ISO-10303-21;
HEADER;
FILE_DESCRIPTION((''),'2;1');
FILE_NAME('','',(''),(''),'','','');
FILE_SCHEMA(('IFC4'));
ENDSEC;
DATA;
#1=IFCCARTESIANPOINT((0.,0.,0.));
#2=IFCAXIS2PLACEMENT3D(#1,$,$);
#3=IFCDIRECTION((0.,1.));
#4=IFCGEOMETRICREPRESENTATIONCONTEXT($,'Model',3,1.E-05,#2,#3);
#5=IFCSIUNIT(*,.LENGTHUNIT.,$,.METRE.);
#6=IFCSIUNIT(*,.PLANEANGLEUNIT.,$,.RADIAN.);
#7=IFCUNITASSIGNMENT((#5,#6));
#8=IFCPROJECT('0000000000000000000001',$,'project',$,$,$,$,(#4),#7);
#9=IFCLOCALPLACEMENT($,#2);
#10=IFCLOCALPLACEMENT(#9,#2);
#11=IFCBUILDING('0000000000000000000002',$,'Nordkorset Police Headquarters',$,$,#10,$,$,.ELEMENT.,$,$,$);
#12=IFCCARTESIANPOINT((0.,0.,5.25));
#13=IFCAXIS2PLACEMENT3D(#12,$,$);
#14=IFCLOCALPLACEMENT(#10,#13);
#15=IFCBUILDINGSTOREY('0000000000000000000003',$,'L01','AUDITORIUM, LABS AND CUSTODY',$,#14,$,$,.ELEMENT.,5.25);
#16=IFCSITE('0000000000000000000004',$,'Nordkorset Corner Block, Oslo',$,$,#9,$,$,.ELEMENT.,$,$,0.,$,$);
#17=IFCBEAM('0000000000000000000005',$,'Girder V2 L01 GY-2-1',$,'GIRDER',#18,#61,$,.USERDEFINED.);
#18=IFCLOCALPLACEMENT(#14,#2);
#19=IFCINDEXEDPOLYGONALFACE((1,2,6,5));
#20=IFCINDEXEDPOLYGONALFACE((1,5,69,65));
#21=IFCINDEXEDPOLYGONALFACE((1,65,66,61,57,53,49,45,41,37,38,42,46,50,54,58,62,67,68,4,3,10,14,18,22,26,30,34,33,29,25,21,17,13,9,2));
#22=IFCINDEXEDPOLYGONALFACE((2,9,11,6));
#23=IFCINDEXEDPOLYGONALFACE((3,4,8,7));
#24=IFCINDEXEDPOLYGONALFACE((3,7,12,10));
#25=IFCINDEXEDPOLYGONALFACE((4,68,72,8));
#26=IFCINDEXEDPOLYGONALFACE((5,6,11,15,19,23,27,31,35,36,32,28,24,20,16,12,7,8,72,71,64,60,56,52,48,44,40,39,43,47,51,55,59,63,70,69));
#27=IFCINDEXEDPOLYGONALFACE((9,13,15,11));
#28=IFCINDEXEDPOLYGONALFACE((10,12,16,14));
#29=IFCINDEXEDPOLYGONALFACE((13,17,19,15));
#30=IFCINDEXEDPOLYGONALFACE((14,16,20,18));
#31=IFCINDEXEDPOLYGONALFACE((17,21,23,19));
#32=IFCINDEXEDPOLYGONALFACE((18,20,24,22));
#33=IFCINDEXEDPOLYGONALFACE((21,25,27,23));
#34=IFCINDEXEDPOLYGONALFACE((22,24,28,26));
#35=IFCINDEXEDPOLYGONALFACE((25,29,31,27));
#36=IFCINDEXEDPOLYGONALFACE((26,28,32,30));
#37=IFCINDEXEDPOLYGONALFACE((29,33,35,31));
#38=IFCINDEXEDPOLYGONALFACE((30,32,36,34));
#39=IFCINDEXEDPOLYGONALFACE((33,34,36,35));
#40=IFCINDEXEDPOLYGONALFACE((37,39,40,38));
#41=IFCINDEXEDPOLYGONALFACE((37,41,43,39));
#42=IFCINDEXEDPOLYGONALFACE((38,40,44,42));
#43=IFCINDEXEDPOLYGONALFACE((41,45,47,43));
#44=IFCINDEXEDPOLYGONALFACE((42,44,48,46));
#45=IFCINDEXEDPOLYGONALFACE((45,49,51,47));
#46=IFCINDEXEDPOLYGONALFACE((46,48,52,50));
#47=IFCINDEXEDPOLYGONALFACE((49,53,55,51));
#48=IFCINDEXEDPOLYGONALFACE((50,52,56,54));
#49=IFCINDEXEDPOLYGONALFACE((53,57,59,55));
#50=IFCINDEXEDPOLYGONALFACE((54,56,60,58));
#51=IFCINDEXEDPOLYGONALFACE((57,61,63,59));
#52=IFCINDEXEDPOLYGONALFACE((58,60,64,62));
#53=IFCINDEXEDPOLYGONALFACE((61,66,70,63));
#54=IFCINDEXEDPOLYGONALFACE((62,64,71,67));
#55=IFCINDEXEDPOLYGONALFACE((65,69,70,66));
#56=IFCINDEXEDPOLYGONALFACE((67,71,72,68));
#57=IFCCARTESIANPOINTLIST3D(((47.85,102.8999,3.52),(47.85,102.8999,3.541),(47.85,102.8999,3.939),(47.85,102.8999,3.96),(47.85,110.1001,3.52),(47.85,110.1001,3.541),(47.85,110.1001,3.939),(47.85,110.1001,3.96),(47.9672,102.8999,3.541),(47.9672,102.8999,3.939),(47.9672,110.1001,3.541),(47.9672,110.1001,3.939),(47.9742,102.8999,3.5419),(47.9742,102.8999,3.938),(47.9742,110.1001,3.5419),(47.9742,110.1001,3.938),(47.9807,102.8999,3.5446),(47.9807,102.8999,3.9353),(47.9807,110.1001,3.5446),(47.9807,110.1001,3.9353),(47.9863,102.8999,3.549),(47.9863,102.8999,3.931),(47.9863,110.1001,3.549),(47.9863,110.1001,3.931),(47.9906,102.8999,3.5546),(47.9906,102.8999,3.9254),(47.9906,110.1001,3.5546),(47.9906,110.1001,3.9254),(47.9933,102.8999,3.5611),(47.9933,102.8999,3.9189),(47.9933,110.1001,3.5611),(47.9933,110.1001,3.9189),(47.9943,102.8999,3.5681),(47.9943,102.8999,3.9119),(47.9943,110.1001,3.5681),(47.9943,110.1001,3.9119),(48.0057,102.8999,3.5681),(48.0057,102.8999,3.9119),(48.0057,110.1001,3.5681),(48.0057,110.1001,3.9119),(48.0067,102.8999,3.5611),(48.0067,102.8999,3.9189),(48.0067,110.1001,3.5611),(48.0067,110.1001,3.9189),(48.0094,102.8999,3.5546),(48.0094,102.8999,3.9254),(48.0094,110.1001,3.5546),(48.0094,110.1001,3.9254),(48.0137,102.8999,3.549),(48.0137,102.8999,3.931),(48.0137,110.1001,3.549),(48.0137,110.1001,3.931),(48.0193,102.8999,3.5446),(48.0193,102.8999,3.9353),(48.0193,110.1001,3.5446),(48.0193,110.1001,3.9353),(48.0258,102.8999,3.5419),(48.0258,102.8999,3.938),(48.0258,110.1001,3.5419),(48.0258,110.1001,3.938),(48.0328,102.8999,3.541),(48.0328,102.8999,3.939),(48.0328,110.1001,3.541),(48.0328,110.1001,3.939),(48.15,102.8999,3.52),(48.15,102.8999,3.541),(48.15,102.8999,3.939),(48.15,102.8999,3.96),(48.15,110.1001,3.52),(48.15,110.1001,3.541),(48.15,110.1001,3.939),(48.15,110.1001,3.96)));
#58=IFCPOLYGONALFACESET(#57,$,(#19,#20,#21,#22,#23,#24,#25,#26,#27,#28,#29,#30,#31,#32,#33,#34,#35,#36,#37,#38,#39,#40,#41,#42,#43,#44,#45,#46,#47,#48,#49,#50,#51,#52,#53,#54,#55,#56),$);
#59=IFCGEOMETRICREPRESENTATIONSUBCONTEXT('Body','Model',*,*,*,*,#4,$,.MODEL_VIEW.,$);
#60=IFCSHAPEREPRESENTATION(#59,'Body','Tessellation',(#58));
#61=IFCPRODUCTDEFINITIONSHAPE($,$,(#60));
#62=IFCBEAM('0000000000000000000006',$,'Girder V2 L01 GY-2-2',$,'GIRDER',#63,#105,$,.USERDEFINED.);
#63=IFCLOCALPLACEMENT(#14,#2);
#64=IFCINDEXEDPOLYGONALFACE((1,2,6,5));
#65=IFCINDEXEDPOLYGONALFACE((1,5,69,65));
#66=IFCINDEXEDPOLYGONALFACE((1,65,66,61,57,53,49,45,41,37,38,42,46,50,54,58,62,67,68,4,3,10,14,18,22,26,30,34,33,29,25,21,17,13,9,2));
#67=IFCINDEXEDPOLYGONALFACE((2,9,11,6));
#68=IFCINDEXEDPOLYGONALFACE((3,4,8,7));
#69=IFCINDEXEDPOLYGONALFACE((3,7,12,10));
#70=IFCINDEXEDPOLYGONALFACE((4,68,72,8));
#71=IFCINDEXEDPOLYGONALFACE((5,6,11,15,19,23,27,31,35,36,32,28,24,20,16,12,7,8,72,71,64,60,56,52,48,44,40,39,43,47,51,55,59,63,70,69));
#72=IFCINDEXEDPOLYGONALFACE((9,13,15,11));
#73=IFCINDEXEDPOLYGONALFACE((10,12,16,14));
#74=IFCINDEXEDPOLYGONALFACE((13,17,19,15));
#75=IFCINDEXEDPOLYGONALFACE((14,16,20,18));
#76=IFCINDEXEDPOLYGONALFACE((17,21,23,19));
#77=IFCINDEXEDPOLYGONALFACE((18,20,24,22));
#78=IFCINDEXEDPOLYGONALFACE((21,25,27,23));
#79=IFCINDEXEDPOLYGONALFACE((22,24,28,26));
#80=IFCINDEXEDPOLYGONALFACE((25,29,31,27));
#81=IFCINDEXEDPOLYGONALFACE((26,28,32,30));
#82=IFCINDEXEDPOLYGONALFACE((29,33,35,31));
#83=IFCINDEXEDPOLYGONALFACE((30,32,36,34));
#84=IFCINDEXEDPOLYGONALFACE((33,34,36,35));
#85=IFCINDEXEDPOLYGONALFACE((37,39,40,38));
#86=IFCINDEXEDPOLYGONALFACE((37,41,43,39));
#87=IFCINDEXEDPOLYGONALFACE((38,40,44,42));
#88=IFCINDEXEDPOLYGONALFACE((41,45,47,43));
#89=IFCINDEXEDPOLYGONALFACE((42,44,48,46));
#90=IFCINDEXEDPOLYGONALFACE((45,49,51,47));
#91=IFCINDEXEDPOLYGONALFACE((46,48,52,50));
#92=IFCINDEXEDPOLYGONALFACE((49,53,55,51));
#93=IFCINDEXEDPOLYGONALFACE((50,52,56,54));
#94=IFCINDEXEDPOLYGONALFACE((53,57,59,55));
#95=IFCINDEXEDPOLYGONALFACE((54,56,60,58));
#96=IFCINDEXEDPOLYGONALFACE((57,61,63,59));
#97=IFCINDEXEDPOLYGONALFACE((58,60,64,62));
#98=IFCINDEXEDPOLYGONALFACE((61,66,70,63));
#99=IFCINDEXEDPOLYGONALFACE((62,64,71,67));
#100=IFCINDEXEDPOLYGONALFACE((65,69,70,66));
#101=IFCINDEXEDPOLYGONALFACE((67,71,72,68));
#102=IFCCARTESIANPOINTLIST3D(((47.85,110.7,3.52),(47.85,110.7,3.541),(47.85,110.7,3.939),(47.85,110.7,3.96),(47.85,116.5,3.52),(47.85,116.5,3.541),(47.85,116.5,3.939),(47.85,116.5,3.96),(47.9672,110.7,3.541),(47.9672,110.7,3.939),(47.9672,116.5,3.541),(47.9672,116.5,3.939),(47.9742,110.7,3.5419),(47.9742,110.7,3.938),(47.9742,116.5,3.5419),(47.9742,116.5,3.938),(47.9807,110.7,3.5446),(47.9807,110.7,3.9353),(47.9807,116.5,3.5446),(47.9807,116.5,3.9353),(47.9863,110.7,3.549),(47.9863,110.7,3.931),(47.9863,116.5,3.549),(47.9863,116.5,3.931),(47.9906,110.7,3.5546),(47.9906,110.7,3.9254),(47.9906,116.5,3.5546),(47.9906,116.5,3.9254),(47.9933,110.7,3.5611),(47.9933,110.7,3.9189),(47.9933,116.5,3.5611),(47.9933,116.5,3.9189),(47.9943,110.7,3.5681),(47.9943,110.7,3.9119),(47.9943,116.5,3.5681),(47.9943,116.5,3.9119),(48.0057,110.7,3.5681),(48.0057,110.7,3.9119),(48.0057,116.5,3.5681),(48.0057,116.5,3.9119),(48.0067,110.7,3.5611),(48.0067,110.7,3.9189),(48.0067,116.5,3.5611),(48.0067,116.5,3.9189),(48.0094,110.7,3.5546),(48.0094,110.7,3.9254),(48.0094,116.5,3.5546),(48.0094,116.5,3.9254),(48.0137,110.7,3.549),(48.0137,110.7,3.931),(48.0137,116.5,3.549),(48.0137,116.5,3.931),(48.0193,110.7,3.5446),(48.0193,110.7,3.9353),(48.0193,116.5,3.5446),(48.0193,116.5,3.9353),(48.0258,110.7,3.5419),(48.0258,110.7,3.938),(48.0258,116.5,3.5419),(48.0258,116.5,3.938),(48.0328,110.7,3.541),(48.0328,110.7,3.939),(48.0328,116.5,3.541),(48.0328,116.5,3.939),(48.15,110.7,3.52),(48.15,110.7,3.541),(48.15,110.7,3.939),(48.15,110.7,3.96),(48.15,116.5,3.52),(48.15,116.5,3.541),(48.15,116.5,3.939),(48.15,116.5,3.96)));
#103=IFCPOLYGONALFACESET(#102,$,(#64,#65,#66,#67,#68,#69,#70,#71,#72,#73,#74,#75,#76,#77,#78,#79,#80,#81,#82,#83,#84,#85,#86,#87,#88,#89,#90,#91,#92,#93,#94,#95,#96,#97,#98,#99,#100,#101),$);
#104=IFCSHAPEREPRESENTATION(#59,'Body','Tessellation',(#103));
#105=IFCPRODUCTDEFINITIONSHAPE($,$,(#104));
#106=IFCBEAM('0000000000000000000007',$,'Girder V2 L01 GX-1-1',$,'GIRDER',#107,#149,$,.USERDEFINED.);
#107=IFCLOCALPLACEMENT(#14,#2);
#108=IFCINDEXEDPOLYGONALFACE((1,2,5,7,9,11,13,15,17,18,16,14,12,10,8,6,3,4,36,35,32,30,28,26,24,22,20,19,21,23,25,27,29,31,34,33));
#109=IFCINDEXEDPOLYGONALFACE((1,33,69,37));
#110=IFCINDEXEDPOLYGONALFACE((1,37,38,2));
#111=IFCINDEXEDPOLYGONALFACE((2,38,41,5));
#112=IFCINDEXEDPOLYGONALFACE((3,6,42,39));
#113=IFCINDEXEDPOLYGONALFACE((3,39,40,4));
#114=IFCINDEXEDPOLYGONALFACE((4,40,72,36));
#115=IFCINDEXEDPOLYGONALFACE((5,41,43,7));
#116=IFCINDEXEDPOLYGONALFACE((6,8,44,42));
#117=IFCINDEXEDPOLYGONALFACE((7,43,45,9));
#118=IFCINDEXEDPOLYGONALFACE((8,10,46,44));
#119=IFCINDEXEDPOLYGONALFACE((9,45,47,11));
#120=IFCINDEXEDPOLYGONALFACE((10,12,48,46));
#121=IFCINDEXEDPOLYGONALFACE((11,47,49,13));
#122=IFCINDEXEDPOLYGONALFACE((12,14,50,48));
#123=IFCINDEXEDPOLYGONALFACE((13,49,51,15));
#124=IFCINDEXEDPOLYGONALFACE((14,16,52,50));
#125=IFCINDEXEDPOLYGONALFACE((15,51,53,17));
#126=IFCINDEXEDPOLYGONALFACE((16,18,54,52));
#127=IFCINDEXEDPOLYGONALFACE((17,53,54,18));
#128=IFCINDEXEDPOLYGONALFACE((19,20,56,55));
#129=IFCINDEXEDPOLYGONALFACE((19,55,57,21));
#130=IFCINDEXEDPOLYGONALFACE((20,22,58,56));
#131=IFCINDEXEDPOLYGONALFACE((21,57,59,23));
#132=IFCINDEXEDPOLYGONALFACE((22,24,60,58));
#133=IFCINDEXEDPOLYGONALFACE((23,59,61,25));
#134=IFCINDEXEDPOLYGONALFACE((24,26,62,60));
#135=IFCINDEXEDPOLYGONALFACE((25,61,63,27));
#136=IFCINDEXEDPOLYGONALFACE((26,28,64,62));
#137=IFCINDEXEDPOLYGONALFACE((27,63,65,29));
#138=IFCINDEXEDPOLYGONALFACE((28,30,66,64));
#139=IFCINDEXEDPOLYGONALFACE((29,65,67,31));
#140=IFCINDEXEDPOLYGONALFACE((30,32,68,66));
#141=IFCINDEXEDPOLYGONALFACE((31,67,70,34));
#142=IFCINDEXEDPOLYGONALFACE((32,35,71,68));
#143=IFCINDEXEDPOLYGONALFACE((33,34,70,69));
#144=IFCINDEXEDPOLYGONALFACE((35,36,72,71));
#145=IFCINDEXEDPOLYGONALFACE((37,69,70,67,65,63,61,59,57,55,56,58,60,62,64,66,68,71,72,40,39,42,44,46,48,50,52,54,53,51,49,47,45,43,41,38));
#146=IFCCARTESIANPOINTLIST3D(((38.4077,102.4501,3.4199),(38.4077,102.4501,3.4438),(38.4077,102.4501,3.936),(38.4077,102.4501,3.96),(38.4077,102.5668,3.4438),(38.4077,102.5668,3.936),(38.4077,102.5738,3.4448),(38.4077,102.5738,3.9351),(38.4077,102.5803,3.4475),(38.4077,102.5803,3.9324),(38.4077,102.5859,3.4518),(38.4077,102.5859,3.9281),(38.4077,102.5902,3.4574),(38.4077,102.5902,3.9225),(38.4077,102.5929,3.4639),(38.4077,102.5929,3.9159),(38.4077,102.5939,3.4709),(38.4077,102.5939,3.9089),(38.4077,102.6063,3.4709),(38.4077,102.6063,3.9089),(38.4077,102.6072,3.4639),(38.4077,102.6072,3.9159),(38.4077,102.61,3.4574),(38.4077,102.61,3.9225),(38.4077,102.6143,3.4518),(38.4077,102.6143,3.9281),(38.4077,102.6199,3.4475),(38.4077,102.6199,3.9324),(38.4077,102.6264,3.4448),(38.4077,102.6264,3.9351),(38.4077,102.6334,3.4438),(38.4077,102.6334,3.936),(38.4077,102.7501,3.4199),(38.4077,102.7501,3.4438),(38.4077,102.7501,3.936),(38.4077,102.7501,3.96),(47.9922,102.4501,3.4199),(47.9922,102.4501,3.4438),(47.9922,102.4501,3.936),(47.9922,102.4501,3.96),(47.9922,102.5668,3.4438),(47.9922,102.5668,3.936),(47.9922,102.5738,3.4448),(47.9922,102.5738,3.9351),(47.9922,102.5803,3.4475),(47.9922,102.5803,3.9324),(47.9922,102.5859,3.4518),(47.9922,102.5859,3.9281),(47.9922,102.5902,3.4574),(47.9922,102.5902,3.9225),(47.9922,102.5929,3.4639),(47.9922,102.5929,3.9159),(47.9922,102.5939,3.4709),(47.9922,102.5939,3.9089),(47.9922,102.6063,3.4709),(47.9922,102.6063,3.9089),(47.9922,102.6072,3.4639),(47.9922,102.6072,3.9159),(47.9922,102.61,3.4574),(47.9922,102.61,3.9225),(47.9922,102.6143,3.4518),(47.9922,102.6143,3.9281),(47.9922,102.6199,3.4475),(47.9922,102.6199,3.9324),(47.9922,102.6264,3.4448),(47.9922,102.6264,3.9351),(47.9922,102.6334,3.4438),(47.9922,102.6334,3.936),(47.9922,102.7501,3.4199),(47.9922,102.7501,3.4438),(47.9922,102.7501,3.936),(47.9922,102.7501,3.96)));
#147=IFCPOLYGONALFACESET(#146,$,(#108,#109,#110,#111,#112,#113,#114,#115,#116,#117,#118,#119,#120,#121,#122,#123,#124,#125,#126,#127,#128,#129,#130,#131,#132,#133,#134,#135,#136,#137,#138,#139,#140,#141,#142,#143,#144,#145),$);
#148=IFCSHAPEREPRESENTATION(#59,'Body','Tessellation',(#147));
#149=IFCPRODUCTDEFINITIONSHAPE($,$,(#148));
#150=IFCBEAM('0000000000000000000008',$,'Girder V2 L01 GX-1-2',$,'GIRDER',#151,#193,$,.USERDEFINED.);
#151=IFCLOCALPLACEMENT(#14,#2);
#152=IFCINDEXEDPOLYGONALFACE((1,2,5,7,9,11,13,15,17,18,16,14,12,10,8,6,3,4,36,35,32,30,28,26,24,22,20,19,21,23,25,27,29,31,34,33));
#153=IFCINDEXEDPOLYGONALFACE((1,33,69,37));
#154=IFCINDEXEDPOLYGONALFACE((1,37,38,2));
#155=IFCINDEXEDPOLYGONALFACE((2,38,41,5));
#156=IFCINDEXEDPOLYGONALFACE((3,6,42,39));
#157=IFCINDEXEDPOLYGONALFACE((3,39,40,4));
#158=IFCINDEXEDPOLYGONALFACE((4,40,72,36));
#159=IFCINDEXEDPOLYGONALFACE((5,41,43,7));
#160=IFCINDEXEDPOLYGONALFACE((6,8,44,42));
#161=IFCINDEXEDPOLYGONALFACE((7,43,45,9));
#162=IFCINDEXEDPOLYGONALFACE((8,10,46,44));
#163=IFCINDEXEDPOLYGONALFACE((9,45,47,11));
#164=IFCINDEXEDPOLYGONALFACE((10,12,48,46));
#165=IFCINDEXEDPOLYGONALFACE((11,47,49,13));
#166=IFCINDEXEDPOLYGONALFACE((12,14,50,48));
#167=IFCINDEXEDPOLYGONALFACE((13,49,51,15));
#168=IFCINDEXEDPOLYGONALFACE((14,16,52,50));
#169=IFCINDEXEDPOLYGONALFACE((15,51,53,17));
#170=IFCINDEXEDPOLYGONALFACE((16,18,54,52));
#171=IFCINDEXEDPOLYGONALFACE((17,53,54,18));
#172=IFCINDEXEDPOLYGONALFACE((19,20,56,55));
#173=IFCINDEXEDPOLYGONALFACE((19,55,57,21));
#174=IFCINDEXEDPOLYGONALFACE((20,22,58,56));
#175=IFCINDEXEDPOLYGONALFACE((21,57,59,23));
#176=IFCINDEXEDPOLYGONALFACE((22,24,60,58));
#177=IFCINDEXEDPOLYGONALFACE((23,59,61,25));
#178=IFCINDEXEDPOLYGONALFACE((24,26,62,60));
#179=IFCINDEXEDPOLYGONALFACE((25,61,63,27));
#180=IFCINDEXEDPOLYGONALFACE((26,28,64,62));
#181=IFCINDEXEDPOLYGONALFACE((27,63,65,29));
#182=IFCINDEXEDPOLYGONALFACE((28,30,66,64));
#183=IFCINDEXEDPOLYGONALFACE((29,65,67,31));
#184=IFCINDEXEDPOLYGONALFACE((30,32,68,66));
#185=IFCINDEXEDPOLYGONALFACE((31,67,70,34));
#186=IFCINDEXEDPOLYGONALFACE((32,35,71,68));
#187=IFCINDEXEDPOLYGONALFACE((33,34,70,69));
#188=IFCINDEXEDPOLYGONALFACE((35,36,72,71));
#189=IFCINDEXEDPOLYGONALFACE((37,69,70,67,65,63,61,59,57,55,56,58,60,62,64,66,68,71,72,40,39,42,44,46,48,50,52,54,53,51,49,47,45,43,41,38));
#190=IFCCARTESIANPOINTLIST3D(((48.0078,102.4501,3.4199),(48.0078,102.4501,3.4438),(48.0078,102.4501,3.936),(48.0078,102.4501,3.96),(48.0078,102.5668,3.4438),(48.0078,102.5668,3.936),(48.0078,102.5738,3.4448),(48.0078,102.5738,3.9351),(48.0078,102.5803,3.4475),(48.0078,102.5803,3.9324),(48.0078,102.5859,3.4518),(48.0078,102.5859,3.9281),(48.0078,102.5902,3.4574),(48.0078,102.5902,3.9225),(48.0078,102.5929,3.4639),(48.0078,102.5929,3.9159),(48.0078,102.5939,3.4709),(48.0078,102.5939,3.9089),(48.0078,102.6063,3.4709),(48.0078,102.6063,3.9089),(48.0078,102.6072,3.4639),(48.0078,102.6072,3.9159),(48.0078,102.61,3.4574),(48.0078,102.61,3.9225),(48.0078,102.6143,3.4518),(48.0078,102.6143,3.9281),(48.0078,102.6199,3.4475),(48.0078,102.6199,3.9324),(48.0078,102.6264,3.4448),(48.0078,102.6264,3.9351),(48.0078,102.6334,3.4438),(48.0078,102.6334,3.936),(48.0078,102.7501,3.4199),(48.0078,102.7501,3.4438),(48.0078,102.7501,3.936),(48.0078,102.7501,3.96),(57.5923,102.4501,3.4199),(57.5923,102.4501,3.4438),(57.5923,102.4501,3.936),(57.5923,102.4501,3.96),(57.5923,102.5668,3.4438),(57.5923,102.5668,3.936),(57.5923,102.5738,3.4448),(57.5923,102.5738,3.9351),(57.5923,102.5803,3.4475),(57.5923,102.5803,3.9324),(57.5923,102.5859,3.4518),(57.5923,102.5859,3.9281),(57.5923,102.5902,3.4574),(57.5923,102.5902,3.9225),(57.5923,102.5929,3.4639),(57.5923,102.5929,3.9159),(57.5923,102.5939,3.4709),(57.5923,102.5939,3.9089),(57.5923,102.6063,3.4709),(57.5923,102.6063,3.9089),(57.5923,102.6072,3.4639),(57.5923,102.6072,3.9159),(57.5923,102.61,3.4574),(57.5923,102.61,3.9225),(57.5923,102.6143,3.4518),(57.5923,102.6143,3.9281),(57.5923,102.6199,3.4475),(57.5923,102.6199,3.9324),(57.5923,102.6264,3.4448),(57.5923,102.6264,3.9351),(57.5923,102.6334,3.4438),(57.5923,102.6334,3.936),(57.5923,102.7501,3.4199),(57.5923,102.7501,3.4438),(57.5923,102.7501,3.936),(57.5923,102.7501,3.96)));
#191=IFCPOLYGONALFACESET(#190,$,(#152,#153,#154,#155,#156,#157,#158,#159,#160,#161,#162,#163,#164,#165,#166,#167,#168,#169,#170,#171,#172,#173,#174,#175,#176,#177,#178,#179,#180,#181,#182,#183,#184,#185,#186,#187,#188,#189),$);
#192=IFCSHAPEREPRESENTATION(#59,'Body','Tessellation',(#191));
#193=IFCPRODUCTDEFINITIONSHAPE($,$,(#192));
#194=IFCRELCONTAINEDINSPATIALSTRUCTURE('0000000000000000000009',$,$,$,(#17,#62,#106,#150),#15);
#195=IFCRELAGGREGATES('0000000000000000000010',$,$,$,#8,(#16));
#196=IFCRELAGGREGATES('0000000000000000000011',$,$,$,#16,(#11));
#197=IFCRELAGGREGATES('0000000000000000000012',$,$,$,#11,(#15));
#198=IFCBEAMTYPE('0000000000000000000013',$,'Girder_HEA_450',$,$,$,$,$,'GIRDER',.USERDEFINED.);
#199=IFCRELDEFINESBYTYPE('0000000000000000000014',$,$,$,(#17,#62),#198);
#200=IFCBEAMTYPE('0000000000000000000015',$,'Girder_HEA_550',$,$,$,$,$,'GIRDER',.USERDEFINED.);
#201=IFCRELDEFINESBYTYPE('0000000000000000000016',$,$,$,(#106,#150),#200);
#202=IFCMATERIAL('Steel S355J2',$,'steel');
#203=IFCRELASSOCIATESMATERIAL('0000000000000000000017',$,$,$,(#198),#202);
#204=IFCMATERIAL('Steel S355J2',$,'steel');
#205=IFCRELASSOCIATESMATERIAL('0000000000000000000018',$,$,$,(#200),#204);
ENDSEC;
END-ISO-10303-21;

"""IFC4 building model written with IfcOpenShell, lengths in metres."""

from ifc_helpers import new_model, si_unit, direction, frame, origin, origin_2d, place, context, subcontext, project, spatial, i_section, extrude, material, material_profile, profile_set, type_object, element, save


model = new_model("IFC4")

# Units and contexts
model_context = context("Model", 3, precision=1e-05, world=origin(), true_north=direction((0.0, 1.0)))
body_context = subcontext(model_context, "Body", "Model", "MODEL_VIEW")
ifc_project = project(units=[si_unit("LENGTHUNIT", "METRE"), si_unit("PLANEANGLEUNIT", "RADIAN")], contexts=[model_context])

# Site, building, storey
site_placement = place(None, origin())
site = spatial("IfcSite", under=ifc_project, at=site_placement, Name="Nordkorset Corner Block, Oslo", CompositionType="ELEMENT", RefElevation=0.0)
building_placement = place(site_placement, origin())
building = spatial("IfcBuilding", under=site, at=building_placement, Name="Nordkorset Police Headquarters", CompositionType="ELEMENT")
storey_placement = place(building_placement, frame((0.0, 0.0, 5.25)))
storey = spatial("IfcBuildingStorey", under=building, at=storey_placement, Name="L01", Description="AUDITORIUM, LABS AND CUSTODY", CompositionType="ELEMENT", Elevation=5.25)

# Beams
ifc_material_1 = material(Name="Steel S355J2", Category="steel")
ifc_material_profile_1 = material_profile(ifc_material_1, i_section(OverallWidth=0.3, OverallDepth=0.4399, WebThickness=0.0115, FlangeThickness=0.021, FilletRadius=0.0271, at=origin_2d()), Name="HEA 450")
ifc_profile_set_1 = profile_set([ifc_material_profile_1], Name="Steel S355J2")
beam_type_1 = type_object("IfcBeamType", Name="Girder_HEA_450", ElementType="GIRDER", PredefinedType="USERDEFINED", material=ifc_profile_set_1)
beam_1_placement = place(storey_placement, frame((48.0, 102.8999, 3.74), z_axis=(0.0, 1.0, 0.0), x_axis=(-1.0, 0.0, 0.0)))
element("IfcBeam", 1, at=beam_1_placement, inside=storey, type_object=beam_type_1, Name="Girder V2 L01 GY-2-1", ObjectType="GIRDER", PredefinedType="USERDEFINED", context=body_context, shape_type="SweptSolid", body=[
    extrude(i_section(OverallWidth=0.3, OverallDepth=0.4399, WebThickness=0.0115, FlangeThickness=0.021, FilletRadius=0.0271, at=origin_2d()), origin(), (0.0, 0.0, 1.0), 7.2002),
])
beam_2_placement = place(storey_placement, frame((48.0, 110.7, 3.74), z_axis=(0.0, 1.0, 0.0), x_axis=(-1.0, 0.0, 0.0)))
element("IfcBeam", 2, at=beam_2_placement, inside=storey, type_object=beam_type_1, Name="Girder V2 L01 GY-2-2", ObjectType="GIRDER", PredefinedType="USERDEFINED", context=body_context, shape_type="SweptSolid", body=[
    extrude(i_section(OverallWidth=0.3, OverallDepth=0.4399, WebThickness=0.0115, FlangeThickness=0.021, FilletRadius=0.0271, at=origin_2d()), origin(), (0.0, 0.0, 1.0), 5.8),
])
ifc_material_2 = material(Name="Steel S355J2", Category="steel")
ifc_material_profile_2 = material_profile(ifc_material_2, i_section(OverallWidth=0.3, OverallDepth=0.54, WebThickness=0.0125, FlangeThickness=0.0239, FilletRadius=0.0271, at=origin_2d()), Name="HEA 550")
ifc_profile_set_2 = profile_set([ifc_material_profile_2], Name="Steel S355J2")
beam_type_2 = type_object("IfcBeamType", Name="Girder_HEA_550", ElementType="GIRDER", PredefinedType="USERDEFINED", material=ifc_profile_set_2)
for number, where, z_axis, x_axis, name in (
    (3, (38.4077, 102.6001, 3.6899), (1.0, 0.0, 0.0), (0.0, 1.0, 0.0), "Girder V2 L01 GX-1-1"),
    (4, (48.0078, 102.6001, 3.6899), (1.0, 0.0, 0.0), (0.0, 1.0, 0.0), "Girder V2 L01 GX-1-2"),
):
    element("IfcBeam", number, at=place(storey_placement, frame(where, z_axis=z_axis, x_axis=x_axis)), inside=storey, type_object=beam_type_2, Name=name, ObjectType="GIRDER", PredefinedType="USERDEFINED", context=body_context, shape_type="SweptSolid", body=[
        extrude(i_section(OverallWidth=0.3, OverallDepth=0.54, WebThickness=0.0125, FlangeThickness=0.0239, FilletRadius=0.0271, at=origin_2d()), origin(), (0.0, 0.0, 1.0), 9.5845),
    ])

save(model, "model.ifc")
